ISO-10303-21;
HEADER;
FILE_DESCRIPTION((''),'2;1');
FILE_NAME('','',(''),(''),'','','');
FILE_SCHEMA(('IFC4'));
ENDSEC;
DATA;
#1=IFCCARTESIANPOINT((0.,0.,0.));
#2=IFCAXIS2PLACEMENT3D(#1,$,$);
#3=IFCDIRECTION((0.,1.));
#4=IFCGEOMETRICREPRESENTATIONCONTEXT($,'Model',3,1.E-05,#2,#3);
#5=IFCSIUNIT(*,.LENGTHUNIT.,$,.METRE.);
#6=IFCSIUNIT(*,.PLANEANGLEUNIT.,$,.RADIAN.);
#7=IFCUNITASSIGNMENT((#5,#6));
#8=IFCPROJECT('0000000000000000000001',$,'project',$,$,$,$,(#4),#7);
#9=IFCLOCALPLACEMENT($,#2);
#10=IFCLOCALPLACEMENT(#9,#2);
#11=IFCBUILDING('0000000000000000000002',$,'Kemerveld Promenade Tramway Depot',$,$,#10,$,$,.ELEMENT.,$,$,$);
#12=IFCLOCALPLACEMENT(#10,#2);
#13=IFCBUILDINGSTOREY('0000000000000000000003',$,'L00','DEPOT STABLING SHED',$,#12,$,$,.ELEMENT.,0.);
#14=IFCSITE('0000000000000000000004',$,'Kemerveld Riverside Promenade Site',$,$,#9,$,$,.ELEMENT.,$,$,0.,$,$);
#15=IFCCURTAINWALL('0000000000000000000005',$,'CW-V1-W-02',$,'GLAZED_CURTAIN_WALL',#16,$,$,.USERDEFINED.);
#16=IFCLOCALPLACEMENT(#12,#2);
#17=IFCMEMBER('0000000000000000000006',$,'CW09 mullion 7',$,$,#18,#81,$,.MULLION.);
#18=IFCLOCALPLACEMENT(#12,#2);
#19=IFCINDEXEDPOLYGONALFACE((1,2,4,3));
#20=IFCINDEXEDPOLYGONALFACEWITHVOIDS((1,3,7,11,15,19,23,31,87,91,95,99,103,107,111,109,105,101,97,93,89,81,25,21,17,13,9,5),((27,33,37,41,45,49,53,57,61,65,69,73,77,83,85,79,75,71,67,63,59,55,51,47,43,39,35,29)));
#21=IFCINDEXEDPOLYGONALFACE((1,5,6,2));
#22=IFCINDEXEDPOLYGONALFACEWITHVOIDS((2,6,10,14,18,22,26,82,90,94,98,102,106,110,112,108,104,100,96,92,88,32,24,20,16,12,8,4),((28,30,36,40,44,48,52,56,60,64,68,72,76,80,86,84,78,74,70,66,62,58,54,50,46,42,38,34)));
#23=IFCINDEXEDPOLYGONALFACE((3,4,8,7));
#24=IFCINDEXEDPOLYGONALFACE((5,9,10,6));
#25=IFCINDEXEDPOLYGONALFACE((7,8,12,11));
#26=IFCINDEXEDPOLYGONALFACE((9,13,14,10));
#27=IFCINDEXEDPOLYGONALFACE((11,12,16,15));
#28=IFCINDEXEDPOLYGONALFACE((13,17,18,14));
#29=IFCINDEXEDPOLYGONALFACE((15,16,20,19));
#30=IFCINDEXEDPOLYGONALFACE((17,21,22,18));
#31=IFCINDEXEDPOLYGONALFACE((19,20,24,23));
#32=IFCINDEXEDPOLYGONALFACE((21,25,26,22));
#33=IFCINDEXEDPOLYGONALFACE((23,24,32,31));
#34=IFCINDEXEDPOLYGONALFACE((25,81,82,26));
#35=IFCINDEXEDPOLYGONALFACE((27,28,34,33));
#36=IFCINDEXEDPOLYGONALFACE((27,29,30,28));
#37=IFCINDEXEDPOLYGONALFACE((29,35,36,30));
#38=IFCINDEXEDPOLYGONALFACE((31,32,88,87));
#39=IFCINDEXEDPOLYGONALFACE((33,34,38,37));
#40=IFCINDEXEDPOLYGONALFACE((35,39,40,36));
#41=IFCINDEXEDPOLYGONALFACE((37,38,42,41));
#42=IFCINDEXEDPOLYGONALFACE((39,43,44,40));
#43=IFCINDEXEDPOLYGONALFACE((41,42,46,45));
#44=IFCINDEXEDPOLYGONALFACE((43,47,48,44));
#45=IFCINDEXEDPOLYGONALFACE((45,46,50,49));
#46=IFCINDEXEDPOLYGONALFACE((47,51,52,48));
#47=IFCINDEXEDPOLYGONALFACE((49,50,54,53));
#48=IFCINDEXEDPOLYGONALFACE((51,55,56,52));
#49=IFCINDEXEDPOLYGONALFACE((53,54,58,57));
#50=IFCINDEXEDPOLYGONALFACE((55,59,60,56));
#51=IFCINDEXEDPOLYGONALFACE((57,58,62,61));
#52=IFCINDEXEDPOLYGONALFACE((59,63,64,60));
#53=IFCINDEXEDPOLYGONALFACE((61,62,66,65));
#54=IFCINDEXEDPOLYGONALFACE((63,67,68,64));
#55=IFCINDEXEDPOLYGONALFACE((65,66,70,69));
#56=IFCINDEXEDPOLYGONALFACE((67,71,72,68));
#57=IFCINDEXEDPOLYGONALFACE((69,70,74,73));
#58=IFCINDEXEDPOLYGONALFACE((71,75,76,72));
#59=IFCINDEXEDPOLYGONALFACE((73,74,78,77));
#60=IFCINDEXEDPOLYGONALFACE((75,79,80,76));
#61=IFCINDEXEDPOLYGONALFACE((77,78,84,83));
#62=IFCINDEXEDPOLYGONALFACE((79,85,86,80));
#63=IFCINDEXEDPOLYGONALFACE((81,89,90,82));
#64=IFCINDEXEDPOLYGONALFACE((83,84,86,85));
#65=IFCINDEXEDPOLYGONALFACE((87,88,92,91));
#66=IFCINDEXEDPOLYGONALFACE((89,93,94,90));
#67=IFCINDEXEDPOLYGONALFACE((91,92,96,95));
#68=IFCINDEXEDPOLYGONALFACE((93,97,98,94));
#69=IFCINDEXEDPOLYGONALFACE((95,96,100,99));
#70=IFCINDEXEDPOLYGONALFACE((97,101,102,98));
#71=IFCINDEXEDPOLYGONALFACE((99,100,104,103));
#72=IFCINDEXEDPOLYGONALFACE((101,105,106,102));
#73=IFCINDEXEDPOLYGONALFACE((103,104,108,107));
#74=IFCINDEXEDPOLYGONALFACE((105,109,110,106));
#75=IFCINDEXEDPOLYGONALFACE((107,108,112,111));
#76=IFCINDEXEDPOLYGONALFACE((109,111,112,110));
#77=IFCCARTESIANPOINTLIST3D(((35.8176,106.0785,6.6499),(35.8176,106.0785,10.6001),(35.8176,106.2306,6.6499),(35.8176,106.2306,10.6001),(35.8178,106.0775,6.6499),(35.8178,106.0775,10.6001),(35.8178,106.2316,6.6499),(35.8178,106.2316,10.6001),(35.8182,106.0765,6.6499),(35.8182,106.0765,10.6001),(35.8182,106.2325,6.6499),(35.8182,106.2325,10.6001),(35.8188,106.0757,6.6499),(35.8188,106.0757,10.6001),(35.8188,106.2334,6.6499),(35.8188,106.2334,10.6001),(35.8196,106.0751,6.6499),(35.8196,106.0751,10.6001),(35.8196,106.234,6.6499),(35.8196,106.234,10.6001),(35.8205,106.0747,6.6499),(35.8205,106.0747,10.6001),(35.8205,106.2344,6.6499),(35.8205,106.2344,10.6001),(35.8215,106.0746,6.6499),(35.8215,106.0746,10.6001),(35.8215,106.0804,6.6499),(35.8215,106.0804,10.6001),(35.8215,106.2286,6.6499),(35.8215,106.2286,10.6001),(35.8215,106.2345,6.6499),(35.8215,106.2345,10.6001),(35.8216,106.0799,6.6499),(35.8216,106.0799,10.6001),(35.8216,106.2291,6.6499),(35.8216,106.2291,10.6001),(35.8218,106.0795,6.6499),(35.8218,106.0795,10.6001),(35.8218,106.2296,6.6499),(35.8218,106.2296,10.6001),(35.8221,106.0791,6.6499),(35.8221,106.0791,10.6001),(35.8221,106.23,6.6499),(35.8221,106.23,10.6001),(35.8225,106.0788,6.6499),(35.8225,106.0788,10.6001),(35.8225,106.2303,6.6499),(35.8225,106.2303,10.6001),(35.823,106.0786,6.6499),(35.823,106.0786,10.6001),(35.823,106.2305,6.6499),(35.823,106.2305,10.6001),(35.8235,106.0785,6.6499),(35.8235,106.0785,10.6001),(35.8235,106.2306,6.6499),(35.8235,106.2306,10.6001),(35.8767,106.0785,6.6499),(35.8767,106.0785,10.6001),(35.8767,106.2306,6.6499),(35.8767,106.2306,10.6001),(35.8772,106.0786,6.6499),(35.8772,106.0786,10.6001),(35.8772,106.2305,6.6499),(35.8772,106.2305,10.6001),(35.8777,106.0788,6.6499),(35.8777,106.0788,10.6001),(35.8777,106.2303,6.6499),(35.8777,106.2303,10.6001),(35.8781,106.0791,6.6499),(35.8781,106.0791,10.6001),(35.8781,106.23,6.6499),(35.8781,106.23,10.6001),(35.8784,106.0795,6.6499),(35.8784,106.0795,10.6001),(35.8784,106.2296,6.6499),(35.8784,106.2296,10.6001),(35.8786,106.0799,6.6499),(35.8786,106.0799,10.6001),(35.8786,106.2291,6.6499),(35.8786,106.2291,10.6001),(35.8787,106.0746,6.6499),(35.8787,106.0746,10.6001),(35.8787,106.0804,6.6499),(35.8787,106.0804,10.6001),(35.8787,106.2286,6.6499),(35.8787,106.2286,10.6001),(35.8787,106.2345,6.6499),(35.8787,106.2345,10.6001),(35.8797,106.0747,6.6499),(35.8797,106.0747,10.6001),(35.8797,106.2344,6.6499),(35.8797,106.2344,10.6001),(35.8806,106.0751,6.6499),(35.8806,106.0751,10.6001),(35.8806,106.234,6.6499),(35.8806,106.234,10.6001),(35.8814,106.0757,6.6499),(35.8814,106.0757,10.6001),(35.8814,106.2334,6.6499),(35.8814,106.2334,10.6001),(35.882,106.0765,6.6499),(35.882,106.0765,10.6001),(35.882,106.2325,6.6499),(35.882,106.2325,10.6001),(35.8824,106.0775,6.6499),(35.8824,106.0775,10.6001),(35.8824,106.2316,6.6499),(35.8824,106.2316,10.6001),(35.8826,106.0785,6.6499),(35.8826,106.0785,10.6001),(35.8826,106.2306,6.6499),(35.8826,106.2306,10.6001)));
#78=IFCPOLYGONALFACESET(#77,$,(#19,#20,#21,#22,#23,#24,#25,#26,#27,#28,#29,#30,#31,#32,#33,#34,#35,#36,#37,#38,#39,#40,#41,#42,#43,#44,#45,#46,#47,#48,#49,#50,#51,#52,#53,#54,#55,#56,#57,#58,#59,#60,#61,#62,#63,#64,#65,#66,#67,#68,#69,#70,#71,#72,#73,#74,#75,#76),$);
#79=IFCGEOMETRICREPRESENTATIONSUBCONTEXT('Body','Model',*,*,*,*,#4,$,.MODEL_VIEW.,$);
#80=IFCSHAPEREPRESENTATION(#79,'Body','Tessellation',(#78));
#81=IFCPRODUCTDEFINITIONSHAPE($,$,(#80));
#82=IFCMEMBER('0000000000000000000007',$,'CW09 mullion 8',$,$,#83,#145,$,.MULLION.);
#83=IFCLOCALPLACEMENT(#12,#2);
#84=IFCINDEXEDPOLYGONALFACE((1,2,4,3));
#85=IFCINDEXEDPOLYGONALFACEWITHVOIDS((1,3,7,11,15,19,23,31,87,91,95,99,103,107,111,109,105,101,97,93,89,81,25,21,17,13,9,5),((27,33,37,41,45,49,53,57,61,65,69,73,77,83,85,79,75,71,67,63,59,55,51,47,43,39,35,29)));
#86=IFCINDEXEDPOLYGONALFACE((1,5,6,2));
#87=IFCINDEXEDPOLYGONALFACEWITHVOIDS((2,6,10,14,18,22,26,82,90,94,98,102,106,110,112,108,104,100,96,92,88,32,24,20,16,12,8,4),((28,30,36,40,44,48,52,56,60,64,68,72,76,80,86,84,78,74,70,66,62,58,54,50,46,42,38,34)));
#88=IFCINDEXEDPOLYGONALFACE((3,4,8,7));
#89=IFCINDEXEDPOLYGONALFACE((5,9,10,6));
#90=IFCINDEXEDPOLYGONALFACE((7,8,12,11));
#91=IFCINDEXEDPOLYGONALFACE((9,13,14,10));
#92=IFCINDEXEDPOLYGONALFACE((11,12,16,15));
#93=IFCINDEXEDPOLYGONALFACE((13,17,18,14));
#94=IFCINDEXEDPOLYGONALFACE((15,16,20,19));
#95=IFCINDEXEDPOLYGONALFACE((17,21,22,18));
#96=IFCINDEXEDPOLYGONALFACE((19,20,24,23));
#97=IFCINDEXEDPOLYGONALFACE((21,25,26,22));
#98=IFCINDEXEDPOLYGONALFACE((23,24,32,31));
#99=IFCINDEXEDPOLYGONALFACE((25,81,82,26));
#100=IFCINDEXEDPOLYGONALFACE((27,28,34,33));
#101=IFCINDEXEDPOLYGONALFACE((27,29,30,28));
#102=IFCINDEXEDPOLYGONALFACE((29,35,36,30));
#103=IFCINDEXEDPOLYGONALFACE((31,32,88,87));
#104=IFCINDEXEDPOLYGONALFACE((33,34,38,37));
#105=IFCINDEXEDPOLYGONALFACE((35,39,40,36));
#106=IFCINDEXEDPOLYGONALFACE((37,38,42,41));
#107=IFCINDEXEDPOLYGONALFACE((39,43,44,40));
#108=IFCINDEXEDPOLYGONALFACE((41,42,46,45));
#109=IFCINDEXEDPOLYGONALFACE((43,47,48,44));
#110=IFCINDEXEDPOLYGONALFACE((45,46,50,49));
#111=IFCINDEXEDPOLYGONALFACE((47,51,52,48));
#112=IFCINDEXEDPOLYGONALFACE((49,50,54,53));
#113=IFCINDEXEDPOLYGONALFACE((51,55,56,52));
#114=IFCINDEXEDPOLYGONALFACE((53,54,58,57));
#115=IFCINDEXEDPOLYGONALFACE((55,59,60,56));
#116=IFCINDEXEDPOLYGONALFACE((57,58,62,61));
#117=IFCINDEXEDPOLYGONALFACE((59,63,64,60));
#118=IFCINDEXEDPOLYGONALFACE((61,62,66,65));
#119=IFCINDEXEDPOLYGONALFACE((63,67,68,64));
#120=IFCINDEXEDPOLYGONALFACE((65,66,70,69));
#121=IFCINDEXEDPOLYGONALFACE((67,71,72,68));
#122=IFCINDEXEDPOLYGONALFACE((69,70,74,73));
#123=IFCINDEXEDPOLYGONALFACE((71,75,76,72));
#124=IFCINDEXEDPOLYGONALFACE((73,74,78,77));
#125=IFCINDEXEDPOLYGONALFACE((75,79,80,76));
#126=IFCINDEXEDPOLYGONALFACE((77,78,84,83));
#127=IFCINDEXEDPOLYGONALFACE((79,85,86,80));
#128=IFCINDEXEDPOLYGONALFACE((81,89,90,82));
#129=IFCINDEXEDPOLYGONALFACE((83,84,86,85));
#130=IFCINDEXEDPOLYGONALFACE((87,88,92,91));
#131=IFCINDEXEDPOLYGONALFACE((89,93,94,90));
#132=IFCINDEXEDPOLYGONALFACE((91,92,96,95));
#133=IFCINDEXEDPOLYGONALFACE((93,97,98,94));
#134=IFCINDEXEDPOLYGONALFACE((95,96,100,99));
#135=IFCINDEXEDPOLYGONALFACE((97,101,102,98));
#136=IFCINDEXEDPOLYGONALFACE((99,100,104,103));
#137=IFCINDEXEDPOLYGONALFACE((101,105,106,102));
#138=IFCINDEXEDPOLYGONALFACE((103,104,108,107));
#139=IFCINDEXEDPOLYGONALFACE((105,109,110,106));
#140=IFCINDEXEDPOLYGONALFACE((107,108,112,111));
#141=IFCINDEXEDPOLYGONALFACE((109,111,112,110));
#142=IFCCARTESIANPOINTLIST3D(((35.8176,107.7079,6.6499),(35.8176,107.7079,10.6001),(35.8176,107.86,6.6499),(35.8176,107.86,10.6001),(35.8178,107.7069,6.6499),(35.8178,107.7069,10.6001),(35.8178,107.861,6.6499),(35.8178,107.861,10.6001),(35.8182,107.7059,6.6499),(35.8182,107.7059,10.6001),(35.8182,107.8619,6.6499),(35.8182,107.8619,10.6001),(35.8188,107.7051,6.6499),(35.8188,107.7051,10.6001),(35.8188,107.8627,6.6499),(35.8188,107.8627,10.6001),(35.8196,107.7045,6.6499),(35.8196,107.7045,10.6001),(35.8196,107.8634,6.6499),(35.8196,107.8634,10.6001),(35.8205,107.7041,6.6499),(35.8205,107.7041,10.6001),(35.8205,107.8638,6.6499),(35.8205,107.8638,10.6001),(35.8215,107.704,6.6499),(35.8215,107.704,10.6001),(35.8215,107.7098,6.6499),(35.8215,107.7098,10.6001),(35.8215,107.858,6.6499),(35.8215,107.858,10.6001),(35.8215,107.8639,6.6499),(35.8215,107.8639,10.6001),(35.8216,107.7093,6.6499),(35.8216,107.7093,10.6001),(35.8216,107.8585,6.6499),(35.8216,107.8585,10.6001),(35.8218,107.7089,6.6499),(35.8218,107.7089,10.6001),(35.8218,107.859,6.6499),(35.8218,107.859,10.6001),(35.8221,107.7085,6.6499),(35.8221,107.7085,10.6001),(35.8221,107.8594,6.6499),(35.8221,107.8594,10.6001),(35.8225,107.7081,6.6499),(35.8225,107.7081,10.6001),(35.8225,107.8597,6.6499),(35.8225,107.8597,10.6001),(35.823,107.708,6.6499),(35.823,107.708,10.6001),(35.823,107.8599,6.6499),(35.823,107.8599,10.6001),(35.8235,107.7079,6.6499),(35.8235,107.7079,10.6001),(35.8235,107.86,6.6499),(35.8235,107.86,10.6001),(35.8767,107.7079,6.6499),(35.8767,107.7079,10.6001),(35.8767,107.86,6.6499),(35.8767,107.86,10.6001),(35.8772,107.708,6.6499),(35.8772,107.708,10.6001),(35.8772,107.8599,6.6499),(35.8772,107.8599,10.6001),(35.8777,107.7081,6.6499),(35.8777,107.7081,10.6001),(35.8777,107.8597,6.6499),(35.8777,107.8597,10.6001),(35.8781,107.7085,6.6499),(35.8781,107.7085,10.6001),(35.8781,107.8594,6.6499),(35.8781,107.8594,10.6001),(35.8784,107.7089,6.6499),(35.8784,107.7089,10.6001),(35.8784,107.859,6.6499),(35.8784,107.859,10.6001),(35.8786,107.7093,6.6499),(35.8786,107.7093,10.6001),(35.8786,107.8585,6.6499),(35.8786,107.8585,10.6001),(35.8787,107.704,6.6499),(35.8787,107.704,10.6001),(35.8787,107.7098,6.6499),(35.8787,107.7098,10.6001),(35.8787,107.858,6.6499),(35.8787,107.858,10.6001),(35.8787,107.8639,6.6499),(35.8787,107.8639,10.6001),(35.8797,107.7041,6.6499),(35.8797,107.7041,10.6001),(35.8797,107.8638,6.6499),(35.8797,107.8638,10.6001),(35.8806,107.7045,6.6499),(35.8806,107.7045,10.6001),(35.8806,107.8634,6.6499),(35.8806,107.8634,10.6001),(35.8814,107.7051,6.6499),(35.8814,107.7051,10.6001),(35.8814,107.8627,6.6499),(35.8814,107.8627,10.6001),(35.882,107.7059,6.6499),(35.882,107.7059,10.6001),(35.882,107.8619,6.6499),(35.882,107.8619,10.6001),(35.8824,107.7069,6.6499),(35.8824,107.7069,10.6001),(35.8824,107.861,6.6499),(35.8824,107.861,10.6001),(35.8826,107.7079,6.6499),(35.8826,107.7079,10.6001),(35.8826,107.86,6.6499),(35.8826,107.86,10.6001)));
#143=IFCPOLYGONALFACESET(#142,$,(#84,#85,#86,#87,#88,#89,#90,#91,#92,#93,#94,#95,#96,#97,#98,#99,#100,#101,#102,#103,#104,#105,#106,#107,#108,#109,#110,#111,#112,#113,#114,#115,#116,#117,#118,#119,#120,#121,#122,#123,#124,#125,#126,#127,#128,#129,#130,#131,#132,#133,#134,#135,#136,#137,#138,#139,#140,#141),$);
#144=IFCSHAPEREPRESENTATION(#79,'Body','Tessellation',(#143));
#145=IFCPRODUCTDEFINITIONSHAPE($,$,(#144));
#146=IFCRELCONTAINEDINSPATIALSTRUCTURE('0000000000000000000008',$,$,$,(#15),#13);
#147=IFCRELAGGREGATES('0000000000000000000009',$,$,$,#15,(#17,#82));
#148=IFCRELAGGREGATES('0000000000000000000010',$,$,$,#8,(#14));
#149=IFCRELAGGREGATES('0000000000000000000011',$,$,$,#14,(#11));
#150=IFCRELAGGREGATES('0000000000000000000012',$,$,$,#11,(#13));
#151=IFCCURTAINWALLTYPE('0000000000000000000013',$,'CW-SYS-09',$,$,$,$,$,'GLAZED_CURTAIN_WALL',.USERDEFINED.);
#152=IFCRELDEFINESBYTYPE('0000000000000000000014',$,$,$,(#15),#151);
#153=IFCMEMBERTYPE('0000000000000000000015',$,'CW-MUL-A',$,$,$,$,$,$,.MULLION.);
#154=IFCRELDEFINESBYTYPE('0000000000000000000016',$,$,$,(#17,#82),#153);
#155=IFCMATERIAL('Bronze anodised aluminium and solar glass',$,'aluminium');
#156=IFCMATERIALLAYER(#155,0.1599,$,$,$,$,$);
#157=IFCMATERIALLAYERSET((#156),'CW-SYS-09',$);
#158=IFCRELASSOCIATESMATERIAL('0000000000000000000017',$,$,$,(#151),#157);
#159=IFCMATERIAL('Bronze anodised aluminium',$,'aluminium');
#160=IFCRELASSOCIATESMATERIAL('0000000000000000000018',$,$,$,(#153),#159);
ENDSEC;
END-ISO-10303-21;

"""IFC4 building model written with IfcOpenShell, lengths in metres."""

from ifc_helpers import new_model, si_unit, direction, frame, origin, origin_2d, place, context, subcontext, project, spatial, hollow_rectangle, extrude, material, layer, layer_set, material_profile, profile_set, type_object, element, aggregate, save


model = new_model("IFC4")

# Units and contexts
model_context = context("Model", 3, precision=1e-05, world=origin(), true_north=direction((0.0, 1.0)))
body_context = subcontext(model_context, "Body", "Model", "MODEL_VIEW")
ifc_project = project(units=[si_unit("LENGTHUNIT", "METRE"), si_unit("PLANEANGLEUNIT", "RADIAN")], contexts=[model_context])

# Site, building, storey
site_placement = place(None, origin())
site = spatial("IfcSite", under=ifc_project, at=site_placement, Name="Kemerveld Riverside Promenade Site", CompositionType="ELEMENT", RefElevation=0.0)
building_placement = place(site_placement, origin())
building = spatial("IfcBuilding", under=site, at=building_placement, Name="Kemerveld Promenade Tramway Depot", CompositionType="ELEMENT")
storey_placement = place(building_placement, origin())
storey = spatial("IfcBuildingStorey", under=building, at=storey_placement, Name="L00", Description="DEPOT STABLING SHED", CompositionType="ELEMENT", Elevation=0.0)

# Curtain wall, members
ifc_material_1 = material(Name="Bronze anodised aluminium and solar glass", Category="aluminium")
ifc_layer_1 = layer(ifc_material_1, 0.1599)
ifc_layer_set_1 = layer_set([ifc_layer_1], Name="CW-SYS-09")
curtain_wall_type_1 = type_object("IfcCurtainWallType", Name="CW-SYS-09", ElementType="GLAZED_CURTAIN_WALL", PredefinedType="USERDEFINED", material=ifc_layer_set_1)
curtain_wall_1_placement = place(storey_placement, origin())
curtain_wall_1 = element("IfcCurtainWall", 1, at=curtain_wall_1_placement, inside=storey, type_object=curtain_wall_type_1, Name="CW-V1-W-02", ObjectType="GLAZED_CURTAIN_WALL", PredefinedType="USERDEFINED")
ifc_material_2 = material(Name="Bronze anodised aluminium", Category="aluminium")
ifc_material_profile_1 = material_profile(ifc_material_2, hollow_rectangle(XDim=0.0649, YDim=0.1599, WallThickness=0.0039, InnerFilletRadius=0.002, OuterFilletRadius=0.0039, at=origin_2d()), Name="CW-MUL-160x65")
ifc_profile_set_1 = profile_set([ifc_material_profile_1], Name="Bronze anodised aluminium")
member_type_1 = type_object("IfcMemberType", Name="CW-MUL-A", PredefinedType="MULLION", material=ifc_profile_set_1)
member_1_placement = place(storey_placement, frame((35.8501, 106.1545, 6.6499), z_axis=(0.0, 0.0, 1.0), x_axis=(-1.0, 0.0, 0.0)))
member_1 = element("IfcMember", 2, at=member_1_placement, type_object=member_type_1, Name="CW09 mullion 7", PredefinedType="MULLION", context=body_context, shape_type="SweptSolid", body=[
    extrude(hollow_rectangle(XDim=0.0649, YDim=0.1599, WallThickness=0.0039, InnerFilletRadius=0.002, OuterFilletRadius=0.0039, at=origin_2d()), origin(), (0.0, 0.0, 1.0), 3.9502),
])
member_2_placement = place(storey_placement, frame((35.8501, 107.7839, 6.6499), z_axis=(0.0, 0.0, 1.0), x_axis=(-1.0, 0.0, 0.0)))
member_2 = element("IfcMember", 3, at=member_2_placement, type_object=member_type_1, Name="CW09 mullion 8", PredefinedType="MULLION", context=body_context, shape_type="SweptSolid", body=[
    extrude(hollow_rectangle(XDim=0.0649, YDim=0.1599, WallThickness=0.0039, InnerFilletRadius=0.002, OuterFilletRadius=0.0039, at=origin_2d()), origin(), (0.0, 0.0, 1.0), 3.9502),
])

aggregate(curtain_wall_1, [member_1, member_2])

save(model, "model.ifc")
